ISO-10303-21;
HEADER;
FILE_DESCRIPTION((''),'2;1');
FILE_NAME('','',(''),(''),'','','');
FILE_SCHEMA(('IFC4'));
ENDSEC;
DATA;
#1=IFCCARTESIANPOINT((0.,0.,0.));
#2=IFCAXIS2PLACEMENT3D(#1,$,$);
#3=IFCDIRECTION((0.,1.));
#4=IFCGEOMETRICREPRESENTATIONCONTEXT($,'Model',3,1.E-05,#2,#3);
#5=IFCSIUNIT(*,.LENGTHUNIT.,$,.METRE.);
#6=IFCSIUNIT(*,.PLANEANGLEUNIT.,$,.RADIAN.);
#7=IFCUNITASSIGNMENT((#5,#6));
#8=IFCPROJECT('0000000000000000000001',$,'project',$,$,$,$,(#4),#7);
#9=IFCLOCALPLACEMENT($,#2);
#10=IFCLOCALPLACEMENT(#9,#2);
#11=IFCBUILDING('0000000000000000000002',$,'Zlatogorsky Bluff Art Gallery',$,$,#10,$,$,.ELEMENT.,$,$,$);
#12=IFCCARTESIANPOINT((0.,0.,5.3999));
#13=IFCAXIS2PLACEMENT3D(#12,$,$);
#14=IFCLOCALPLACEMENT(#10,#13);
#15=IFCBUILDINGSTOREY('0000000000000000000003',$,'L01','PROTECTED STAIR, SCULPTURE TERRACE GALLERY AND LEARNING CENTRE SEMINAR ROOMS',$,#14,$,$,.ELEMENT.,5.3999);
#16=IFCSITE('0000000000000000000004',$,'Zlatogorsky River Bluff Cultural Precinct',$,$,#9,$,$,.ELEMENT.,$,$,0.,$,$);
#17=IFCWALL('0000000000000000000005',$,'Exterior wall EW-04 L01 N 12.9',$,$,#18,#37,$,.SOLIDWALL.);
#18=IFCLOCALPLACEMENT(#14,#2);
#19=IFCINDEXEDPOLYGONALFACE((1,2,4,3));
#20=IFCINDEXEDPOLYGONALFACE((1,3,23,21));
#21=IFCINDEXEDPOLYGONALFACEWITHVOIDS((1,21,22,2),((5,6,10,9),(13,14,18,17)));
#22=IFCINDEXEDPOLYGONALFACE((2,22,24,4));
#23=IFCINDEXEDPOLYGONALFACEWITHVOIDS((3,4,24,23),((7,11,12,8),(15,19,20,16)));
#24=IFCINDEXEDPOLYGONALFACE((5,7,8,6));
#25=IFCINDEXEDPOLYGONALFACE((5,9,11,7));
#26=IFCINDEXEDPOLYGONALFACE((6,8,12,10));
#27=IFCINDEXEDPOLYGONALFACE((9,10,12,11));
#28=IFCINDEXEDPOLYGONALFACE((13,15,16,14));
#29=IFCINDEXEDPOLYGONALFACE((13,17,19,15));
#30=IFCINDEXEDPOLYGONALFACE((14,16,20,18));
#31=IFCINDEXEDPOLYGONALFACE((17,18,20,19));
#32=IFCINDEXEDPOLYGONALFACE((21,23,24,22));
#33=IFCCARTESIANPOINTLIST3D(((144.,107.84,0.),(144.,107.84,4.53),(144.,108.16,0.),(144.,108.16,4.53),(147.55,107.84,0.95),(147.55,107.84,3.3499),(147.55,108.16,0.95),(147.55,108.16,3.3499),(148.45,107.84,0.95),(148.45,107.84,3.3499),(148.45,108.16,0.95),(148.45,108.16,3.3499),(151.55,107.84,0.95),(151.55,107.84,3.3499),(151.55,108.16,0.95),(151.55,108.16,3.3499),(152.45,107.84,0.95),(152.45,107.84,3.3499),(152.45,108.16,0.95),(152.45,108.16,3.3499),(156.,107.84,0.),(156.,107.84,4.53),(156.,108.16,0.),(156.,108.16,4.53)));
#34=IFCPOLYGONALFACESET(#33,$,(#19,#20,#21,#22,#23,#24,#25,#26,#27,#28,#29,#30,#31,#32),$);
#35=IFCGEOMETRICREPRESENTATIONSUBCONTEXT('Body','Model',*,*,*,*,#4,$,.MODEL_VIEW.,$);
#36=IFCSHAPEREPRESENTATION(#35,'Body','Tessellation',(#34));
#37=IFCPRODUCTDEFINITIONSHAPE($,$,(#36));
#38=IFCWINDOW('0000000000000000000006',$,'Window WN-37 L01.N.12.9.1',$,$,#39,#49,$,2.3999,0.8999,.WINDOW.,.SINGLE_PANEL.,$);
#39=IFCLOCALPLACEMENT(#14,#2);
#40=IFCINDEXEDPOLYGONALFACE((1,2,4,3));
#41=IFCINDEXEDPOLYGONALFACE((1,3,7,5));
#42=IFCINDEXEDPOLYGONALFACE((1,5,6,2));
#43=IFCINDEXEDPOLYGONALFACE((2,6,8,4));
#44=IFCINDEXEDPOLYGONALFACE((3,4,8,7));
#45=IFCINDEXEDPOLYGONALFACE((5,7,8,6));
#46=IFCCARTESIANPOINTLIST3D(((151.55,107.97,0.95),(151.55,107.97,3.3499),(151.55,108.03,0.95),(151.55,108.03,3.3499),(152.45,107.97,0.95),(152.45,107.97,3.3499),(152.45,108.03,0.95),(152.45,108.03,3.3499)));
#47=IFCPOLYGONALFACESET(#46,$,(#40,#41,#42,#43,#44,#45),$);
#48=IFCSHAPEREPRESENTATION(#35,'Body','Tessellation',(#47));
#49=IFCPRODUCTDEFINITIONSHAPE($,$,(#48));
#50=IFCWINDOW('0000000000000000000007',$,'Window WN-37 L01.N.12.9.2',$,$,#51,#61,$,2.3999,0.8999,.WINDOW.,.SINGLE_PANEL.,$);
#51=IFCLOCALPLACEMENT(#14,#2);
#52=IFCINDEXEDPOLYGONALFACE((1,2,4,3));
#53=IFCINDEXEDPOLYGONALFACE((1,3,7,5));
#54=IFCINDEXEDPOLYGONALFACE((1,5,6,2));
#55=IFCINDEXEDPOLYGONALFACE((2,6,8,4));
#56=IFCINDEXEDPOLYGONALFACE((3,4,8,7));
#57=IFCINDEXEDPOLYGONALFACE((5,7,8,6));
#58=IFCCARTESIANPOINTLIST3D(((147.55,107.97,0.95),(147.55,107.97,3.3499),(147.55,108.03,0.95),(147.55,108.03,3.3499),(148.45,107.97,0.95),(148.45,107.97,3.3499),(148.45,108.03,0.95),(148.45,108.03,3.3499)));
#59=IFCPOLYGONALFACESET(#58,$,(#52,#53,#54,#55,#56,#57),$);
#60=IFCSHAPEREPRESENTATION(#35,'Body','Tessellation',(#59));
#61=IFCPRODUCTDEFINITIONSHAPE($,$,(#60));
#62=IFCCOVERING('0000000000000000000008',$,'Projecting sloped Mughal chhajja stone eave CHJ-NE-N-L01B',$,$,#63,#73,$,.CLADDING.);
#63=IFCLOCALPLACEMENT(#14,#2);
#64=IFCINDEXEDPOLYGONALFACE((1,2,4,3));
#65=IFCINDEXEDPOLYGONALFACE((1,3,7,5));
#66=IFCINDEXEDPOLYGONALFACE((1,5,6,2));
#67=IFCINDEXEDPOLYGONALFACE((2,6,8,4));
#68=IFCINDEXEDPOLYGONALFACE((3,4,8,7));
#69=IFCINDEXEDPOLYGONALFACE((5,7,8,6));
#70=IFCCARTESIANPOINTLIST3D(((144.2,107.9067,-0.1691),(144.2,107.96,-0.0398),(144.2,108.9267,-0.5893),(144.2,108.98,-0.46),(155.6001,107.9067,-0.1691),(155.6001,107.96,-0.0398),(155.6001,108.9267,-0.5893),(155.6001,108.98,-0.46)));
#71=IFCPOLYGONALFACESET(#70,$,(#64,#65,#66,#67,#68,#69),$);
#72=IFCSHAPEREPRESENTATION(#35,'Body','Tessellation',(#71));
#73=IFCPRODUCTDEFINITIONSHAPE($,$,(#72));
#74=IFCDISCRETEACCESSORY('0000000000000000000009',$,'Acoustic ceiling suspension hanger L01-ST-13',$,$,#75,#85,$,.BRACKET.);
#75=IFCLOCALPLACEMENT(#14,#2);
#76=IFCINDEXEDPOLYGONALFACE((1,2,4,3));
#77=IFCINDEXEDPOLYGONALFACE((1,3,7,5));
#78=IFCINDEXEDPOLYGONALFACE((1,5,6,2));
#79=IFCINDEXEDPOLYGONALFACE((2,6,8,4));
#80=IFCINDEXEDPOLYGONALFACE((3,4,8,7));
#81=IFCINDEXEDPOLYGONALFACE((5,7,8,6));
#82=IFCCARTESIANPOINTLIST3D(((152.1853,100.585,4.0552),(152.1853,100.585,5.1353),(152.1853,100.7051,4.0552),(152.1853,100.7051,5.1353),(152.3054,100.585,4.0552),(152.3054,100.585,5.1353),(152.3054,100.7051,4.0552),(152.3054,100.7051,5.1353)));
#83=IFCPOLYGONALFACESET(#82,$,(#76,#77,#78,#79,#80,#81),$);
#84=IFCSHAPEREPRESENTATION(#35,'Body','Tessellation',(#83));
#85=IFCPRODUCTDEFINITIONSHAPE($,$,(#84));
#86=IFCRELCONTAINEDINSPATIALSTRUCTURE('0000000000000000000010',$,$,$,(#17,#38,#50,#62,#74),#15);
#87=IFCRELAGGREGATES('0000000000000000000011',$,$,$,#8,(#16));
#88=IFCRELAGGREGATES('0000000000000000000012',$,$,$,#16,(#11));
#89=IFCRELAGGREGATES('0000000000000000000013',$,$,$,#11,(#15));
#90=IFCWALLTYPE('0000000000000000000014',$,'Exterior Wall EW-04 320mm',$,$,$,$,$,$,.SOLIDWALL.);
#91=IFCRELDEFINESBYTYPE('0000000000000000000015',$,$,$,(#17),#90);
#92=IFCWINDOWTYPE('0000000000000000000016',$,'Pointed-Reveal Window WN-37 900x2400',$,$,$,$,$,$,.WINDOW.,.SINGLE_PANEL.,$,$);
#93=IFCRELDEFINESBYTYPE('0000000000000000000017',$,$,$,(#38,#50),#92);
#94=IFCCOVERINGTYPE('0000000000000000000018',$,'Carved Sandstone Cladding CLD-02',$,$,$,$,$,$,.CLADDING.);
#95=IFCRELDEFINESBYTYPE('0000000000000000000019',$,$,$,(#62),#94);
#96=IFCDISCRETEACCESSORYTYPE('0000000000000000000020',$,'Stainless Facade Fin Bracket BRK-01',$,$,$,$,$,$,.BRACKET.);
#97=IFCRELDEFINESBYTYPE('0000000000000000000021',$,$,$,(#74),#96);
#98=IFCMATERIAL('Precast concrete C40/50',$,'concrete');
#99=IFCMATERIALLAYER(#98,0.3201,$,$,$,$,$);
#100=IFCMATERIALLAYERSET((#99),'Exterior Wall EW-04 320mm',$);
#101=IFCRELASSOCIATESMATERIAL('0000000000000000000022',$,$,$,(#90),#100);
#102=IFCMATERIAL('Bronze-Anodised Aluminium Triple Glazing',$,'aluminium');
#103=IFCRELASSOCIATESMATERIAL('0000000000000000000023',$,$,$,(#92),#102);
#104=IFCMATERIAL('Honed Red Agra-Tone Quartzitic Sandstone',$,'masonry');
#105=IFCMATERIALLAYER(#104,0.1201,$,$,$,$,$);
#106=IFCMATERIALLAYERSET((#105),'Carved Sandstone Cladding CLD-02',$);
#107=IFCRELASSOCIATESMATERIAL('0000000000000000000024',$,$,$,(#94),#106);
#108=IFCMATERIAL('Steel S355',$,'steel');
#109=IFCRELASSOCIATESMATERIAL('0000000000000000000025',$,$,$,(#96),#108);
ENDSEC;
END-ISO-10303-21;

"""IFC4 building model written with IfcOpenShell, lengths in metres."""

from ifc_helpers import new_model, si_unit, direction, frame, frame_2d, origin, origin_2d, place, context, subcontext, project, spatial, polyline, rectangle, outline, extrude, material, layer, layer_set, type_object, element, fill, save


model = new_model("IFC4")

# Units and contexts
model_context = context("Model", 3, precision=1e-05, world=origin(), true_north=direction((0.0, 1.0)))
body_context = subcontext(model_context, "Body", "Model", "MODEL_VIEW")
ifc_project = project(units=[si_unit("LENGTHUNIT", "METRE"), si_unit("PLANEANGLEUNIT", "RADIAN")], contexts=[model_context])

# Site, building, storey
site_placement = place(None, origin())
site = spatial("IfcSite", under=ifc_project, at=site_placement, Name="Zlatogorsky River Bluff Cultural Precinct", CompositionType="ELEMENT", RefElevation=0.0)
building_placement = place(site_placement, origin())
building = spatial("IfcBuilding", under=site, at=building_placement, Name="Zlatogorsky Bluff Art Gallery", CompositionType="ELEMENT")
storey_placement = place(building_placement, frame((0.0, 0.0, 5.3999)))
storey = spatial("IfcBuildingStorey", under=building, at=storey_placement, Name="L01", Description="PROTECTED STAIR, SCULPTURE TERRACE GALLERY AND LEARNING CENTRE SEMINAR ROOMS", CompositionType="ELEMENT", Elevation=5.3999)

# Shared definitions
ifc_material_1 = material(Name="Steel S355", Category="steel")

# Wall, openings, windows
ifc_material_2 = material(Name="Precast concrete C40/50", Category="concrete")
ifc_layer_1 = layer(ifc_material_2, 0.3201)
ifc_layer_set_1 = layer_set([ifc_layer_1], Name="Exterior Wall EW-04 320mm")
wall_type = type_object("IfcWallType", Name="Exterior Wall EW-04 320mm", PredefinedType="SOLIDWALL", material=ifc_layer_set_1)
wall_placement = place(storey_placement, frame((156.0, 108.0, 0.0), z_axis=(0.0, 0.0, 1.0), x_axis=(-1.0, 0.0, 0.0)))
wall = element("IfcWall", 1, at=wall_placement, inside=storey, type_object=wall_type, Name="Exterior wall EW-04 L01 N 12.9", PredefinedType="SOLIDWALL", context=body_context, shape_type="SweptSolid", body=[
    extrude(rectangle(XDim=12.0, YDim=0.3201, at=frame_2d((6.0, 0.0))), origin(), (0.0, 0.0, 1.0), 4.53),
])
opening_1_placement = place(wall_placement, frame((3.55, 0.0, 0.95)))
opening_1 = element("IfcOpeningElement", 2, at=opening_1_placement, cuts=wall, PredefinedType="OPENING", context=body_context, shape_type="SweptSolid", body=[
    extrude(rectangle(XDim=0.8999, YDim=2.3999, at=frame_2d((0.45, 1.2))), frame((0.0, 0.1699, 0.0), z_axis=(0.0, -1.0, 0.0), x_axis=(1.0, 0.0, 0.0)), (0.0, 0.0, 1.0), 0.3401),
])
opening_2_placement = place(wall_placement, frame((7.55, 0.0, 0.95)))
opening_2 = element("IfcOpeningElement", 3, at=opening_2_placement, cuts=wall, PredefinedType="OPENING", context=body_context, shape_type="SweptSolid", body=[
    extrude(rectangle(XDim=0.8999, YDim=2.3999, at=frame_2d((0.45, 1.2))), frame((0.0, 0.1699, 0.0), z_axis=(0.0, -1.0, 0.0), x_axis=(1.0, 0.0, 0.0)), (0.0, 0.0, 1.0), 0.3401),
])
ifc_material_3 = material(Name="Bronze-Anodised Aluminium Triple Glazing", Category="aluminium")
window_type = type_object("IfcWindowType", Name="Pointed-Reveal Window WN-37 900x2400", PartitioningType="SINGLE_PANEL", PredefinedType="WINDOW", material=ifc_material_3)
window_1_placement = place(opening_1_placement, origin())
window_1 = element("IfcWindow", 4, at=window_1_placement, inside=storey, type_object=window_type, Name="Window WN-37 L01.N.12.9.1", OverallHeight=2.3999, OverallWidth=0.8999, PartitioningType="SINGLE_PANEL", PredefinedType="WINDOW", context=body_context, shape_type="SweptSolid", body=[
    extrude(rectangle(XDim=0.8999, YDim=2.3999, at=frame_2d((0.45, 1.2))), frame((0.0, 0.03, 0.0), z_axis=(0.0, -1.0, 0.0), x_axis=(1.0, 0.0, 0.0)), (0.0, 0.0, 1.0), 0.0601),
])
fill(opening_1, window_1)
window_2_placement = place(opening_2_placement, origin())
window_2 = element("IfcWindow", 5, at=window_2_placement, inside=storey, type_object=window_type, Name="Window WN-37 L01.N.12.9.2", OverallHeight=2.3999, OverallWidth=0.8999, PartitioningType="SINGLE_PANEL", PredefinedType="WINDOW", context=body_context, shape_type="SweptSolid", body=[
    extrude(rectangle(XDim=0.8999, YDim=2.3999, at=frame_2d((0.45, 1.2))), frame((0.0, 0.03, 0.0), z_axis=(0.0, -1.0, 0.0), x_axis=(1.0, 0.0, 0.0)), (0.0, 0.0, 1.0), 0.0601),
])
fill(opening_2, window_2)

# Covering
ifc_material_4 = material(Name="Honed Red Agra-Tone Quartzitic Sandstone", Category="masonry")
ifc_layer_2 = layer(ifc_material_4, 0.1201)
ifc_layer_set_2 = layer_set([ifc_layer_2], Name="Carved Sandstone Cladding CLD-02")
covering_type = type_object("IfcCoveringType", Name="Carved Sandstone Cladding CLD-02", PredefinedType="CLADDING", material=ifc_layer_set_2)
covering_placement = place(storey_placement, frame((144.2, 107.96, -0.0398), z_axis=(0.0, 0.380872, 0.924628), x_axis=(1.0, 0.0, 0.0)))
element("IfcCovering", 6, at=covering_placement, inside=storey, type_object=covering_type, Name="Projecting sloped Mughal chhajja stone eave CHJ-NE-N-L01B", PredefinedType="CLADDING", context=body_context, shape_type="SweptSolid", body=[
    extrude(outline(polyline([(0.0, 0.0), (11.4001, 0.0), (11.4001, 1.1032), (0.0, 1.1032), (0.0, 0.0)])), origin(), (0.0, 0.0, -1.0), 0.1399),
])

# Discrete accessory
discrete_accessory_type = type_object("IfcDiscreteAccessoryType", Name="Stainless Facade Fin Bracket BRK-01", PredefinedType="BRACKET", material=ifc_material_1)
discrete_accessory_placement = place(storey_placement, frame((152.2454, 100.645, 4.0552), z_axis=(0.0, 0.0, 1.0), x_axis=(1.0, 0.0, 0.0)))
element("IfcDiscreteAccessory", 7, at=discrete_accessory_placement, inside=storey, type_object=discrete_accessory_type, Name="Acoustic ceiling suspension hanger L01-ST-13", PredefinedType="BRACKET", context=body_context, shape_type="SweptSolid", body=[
    extrude(rectangle(XDim=0.1201, YDim=0.1201, at=origin_2d()), origin(), (0.0, 0.0, 1.0), 1.0801),
])

save(model, "model.ifc")
